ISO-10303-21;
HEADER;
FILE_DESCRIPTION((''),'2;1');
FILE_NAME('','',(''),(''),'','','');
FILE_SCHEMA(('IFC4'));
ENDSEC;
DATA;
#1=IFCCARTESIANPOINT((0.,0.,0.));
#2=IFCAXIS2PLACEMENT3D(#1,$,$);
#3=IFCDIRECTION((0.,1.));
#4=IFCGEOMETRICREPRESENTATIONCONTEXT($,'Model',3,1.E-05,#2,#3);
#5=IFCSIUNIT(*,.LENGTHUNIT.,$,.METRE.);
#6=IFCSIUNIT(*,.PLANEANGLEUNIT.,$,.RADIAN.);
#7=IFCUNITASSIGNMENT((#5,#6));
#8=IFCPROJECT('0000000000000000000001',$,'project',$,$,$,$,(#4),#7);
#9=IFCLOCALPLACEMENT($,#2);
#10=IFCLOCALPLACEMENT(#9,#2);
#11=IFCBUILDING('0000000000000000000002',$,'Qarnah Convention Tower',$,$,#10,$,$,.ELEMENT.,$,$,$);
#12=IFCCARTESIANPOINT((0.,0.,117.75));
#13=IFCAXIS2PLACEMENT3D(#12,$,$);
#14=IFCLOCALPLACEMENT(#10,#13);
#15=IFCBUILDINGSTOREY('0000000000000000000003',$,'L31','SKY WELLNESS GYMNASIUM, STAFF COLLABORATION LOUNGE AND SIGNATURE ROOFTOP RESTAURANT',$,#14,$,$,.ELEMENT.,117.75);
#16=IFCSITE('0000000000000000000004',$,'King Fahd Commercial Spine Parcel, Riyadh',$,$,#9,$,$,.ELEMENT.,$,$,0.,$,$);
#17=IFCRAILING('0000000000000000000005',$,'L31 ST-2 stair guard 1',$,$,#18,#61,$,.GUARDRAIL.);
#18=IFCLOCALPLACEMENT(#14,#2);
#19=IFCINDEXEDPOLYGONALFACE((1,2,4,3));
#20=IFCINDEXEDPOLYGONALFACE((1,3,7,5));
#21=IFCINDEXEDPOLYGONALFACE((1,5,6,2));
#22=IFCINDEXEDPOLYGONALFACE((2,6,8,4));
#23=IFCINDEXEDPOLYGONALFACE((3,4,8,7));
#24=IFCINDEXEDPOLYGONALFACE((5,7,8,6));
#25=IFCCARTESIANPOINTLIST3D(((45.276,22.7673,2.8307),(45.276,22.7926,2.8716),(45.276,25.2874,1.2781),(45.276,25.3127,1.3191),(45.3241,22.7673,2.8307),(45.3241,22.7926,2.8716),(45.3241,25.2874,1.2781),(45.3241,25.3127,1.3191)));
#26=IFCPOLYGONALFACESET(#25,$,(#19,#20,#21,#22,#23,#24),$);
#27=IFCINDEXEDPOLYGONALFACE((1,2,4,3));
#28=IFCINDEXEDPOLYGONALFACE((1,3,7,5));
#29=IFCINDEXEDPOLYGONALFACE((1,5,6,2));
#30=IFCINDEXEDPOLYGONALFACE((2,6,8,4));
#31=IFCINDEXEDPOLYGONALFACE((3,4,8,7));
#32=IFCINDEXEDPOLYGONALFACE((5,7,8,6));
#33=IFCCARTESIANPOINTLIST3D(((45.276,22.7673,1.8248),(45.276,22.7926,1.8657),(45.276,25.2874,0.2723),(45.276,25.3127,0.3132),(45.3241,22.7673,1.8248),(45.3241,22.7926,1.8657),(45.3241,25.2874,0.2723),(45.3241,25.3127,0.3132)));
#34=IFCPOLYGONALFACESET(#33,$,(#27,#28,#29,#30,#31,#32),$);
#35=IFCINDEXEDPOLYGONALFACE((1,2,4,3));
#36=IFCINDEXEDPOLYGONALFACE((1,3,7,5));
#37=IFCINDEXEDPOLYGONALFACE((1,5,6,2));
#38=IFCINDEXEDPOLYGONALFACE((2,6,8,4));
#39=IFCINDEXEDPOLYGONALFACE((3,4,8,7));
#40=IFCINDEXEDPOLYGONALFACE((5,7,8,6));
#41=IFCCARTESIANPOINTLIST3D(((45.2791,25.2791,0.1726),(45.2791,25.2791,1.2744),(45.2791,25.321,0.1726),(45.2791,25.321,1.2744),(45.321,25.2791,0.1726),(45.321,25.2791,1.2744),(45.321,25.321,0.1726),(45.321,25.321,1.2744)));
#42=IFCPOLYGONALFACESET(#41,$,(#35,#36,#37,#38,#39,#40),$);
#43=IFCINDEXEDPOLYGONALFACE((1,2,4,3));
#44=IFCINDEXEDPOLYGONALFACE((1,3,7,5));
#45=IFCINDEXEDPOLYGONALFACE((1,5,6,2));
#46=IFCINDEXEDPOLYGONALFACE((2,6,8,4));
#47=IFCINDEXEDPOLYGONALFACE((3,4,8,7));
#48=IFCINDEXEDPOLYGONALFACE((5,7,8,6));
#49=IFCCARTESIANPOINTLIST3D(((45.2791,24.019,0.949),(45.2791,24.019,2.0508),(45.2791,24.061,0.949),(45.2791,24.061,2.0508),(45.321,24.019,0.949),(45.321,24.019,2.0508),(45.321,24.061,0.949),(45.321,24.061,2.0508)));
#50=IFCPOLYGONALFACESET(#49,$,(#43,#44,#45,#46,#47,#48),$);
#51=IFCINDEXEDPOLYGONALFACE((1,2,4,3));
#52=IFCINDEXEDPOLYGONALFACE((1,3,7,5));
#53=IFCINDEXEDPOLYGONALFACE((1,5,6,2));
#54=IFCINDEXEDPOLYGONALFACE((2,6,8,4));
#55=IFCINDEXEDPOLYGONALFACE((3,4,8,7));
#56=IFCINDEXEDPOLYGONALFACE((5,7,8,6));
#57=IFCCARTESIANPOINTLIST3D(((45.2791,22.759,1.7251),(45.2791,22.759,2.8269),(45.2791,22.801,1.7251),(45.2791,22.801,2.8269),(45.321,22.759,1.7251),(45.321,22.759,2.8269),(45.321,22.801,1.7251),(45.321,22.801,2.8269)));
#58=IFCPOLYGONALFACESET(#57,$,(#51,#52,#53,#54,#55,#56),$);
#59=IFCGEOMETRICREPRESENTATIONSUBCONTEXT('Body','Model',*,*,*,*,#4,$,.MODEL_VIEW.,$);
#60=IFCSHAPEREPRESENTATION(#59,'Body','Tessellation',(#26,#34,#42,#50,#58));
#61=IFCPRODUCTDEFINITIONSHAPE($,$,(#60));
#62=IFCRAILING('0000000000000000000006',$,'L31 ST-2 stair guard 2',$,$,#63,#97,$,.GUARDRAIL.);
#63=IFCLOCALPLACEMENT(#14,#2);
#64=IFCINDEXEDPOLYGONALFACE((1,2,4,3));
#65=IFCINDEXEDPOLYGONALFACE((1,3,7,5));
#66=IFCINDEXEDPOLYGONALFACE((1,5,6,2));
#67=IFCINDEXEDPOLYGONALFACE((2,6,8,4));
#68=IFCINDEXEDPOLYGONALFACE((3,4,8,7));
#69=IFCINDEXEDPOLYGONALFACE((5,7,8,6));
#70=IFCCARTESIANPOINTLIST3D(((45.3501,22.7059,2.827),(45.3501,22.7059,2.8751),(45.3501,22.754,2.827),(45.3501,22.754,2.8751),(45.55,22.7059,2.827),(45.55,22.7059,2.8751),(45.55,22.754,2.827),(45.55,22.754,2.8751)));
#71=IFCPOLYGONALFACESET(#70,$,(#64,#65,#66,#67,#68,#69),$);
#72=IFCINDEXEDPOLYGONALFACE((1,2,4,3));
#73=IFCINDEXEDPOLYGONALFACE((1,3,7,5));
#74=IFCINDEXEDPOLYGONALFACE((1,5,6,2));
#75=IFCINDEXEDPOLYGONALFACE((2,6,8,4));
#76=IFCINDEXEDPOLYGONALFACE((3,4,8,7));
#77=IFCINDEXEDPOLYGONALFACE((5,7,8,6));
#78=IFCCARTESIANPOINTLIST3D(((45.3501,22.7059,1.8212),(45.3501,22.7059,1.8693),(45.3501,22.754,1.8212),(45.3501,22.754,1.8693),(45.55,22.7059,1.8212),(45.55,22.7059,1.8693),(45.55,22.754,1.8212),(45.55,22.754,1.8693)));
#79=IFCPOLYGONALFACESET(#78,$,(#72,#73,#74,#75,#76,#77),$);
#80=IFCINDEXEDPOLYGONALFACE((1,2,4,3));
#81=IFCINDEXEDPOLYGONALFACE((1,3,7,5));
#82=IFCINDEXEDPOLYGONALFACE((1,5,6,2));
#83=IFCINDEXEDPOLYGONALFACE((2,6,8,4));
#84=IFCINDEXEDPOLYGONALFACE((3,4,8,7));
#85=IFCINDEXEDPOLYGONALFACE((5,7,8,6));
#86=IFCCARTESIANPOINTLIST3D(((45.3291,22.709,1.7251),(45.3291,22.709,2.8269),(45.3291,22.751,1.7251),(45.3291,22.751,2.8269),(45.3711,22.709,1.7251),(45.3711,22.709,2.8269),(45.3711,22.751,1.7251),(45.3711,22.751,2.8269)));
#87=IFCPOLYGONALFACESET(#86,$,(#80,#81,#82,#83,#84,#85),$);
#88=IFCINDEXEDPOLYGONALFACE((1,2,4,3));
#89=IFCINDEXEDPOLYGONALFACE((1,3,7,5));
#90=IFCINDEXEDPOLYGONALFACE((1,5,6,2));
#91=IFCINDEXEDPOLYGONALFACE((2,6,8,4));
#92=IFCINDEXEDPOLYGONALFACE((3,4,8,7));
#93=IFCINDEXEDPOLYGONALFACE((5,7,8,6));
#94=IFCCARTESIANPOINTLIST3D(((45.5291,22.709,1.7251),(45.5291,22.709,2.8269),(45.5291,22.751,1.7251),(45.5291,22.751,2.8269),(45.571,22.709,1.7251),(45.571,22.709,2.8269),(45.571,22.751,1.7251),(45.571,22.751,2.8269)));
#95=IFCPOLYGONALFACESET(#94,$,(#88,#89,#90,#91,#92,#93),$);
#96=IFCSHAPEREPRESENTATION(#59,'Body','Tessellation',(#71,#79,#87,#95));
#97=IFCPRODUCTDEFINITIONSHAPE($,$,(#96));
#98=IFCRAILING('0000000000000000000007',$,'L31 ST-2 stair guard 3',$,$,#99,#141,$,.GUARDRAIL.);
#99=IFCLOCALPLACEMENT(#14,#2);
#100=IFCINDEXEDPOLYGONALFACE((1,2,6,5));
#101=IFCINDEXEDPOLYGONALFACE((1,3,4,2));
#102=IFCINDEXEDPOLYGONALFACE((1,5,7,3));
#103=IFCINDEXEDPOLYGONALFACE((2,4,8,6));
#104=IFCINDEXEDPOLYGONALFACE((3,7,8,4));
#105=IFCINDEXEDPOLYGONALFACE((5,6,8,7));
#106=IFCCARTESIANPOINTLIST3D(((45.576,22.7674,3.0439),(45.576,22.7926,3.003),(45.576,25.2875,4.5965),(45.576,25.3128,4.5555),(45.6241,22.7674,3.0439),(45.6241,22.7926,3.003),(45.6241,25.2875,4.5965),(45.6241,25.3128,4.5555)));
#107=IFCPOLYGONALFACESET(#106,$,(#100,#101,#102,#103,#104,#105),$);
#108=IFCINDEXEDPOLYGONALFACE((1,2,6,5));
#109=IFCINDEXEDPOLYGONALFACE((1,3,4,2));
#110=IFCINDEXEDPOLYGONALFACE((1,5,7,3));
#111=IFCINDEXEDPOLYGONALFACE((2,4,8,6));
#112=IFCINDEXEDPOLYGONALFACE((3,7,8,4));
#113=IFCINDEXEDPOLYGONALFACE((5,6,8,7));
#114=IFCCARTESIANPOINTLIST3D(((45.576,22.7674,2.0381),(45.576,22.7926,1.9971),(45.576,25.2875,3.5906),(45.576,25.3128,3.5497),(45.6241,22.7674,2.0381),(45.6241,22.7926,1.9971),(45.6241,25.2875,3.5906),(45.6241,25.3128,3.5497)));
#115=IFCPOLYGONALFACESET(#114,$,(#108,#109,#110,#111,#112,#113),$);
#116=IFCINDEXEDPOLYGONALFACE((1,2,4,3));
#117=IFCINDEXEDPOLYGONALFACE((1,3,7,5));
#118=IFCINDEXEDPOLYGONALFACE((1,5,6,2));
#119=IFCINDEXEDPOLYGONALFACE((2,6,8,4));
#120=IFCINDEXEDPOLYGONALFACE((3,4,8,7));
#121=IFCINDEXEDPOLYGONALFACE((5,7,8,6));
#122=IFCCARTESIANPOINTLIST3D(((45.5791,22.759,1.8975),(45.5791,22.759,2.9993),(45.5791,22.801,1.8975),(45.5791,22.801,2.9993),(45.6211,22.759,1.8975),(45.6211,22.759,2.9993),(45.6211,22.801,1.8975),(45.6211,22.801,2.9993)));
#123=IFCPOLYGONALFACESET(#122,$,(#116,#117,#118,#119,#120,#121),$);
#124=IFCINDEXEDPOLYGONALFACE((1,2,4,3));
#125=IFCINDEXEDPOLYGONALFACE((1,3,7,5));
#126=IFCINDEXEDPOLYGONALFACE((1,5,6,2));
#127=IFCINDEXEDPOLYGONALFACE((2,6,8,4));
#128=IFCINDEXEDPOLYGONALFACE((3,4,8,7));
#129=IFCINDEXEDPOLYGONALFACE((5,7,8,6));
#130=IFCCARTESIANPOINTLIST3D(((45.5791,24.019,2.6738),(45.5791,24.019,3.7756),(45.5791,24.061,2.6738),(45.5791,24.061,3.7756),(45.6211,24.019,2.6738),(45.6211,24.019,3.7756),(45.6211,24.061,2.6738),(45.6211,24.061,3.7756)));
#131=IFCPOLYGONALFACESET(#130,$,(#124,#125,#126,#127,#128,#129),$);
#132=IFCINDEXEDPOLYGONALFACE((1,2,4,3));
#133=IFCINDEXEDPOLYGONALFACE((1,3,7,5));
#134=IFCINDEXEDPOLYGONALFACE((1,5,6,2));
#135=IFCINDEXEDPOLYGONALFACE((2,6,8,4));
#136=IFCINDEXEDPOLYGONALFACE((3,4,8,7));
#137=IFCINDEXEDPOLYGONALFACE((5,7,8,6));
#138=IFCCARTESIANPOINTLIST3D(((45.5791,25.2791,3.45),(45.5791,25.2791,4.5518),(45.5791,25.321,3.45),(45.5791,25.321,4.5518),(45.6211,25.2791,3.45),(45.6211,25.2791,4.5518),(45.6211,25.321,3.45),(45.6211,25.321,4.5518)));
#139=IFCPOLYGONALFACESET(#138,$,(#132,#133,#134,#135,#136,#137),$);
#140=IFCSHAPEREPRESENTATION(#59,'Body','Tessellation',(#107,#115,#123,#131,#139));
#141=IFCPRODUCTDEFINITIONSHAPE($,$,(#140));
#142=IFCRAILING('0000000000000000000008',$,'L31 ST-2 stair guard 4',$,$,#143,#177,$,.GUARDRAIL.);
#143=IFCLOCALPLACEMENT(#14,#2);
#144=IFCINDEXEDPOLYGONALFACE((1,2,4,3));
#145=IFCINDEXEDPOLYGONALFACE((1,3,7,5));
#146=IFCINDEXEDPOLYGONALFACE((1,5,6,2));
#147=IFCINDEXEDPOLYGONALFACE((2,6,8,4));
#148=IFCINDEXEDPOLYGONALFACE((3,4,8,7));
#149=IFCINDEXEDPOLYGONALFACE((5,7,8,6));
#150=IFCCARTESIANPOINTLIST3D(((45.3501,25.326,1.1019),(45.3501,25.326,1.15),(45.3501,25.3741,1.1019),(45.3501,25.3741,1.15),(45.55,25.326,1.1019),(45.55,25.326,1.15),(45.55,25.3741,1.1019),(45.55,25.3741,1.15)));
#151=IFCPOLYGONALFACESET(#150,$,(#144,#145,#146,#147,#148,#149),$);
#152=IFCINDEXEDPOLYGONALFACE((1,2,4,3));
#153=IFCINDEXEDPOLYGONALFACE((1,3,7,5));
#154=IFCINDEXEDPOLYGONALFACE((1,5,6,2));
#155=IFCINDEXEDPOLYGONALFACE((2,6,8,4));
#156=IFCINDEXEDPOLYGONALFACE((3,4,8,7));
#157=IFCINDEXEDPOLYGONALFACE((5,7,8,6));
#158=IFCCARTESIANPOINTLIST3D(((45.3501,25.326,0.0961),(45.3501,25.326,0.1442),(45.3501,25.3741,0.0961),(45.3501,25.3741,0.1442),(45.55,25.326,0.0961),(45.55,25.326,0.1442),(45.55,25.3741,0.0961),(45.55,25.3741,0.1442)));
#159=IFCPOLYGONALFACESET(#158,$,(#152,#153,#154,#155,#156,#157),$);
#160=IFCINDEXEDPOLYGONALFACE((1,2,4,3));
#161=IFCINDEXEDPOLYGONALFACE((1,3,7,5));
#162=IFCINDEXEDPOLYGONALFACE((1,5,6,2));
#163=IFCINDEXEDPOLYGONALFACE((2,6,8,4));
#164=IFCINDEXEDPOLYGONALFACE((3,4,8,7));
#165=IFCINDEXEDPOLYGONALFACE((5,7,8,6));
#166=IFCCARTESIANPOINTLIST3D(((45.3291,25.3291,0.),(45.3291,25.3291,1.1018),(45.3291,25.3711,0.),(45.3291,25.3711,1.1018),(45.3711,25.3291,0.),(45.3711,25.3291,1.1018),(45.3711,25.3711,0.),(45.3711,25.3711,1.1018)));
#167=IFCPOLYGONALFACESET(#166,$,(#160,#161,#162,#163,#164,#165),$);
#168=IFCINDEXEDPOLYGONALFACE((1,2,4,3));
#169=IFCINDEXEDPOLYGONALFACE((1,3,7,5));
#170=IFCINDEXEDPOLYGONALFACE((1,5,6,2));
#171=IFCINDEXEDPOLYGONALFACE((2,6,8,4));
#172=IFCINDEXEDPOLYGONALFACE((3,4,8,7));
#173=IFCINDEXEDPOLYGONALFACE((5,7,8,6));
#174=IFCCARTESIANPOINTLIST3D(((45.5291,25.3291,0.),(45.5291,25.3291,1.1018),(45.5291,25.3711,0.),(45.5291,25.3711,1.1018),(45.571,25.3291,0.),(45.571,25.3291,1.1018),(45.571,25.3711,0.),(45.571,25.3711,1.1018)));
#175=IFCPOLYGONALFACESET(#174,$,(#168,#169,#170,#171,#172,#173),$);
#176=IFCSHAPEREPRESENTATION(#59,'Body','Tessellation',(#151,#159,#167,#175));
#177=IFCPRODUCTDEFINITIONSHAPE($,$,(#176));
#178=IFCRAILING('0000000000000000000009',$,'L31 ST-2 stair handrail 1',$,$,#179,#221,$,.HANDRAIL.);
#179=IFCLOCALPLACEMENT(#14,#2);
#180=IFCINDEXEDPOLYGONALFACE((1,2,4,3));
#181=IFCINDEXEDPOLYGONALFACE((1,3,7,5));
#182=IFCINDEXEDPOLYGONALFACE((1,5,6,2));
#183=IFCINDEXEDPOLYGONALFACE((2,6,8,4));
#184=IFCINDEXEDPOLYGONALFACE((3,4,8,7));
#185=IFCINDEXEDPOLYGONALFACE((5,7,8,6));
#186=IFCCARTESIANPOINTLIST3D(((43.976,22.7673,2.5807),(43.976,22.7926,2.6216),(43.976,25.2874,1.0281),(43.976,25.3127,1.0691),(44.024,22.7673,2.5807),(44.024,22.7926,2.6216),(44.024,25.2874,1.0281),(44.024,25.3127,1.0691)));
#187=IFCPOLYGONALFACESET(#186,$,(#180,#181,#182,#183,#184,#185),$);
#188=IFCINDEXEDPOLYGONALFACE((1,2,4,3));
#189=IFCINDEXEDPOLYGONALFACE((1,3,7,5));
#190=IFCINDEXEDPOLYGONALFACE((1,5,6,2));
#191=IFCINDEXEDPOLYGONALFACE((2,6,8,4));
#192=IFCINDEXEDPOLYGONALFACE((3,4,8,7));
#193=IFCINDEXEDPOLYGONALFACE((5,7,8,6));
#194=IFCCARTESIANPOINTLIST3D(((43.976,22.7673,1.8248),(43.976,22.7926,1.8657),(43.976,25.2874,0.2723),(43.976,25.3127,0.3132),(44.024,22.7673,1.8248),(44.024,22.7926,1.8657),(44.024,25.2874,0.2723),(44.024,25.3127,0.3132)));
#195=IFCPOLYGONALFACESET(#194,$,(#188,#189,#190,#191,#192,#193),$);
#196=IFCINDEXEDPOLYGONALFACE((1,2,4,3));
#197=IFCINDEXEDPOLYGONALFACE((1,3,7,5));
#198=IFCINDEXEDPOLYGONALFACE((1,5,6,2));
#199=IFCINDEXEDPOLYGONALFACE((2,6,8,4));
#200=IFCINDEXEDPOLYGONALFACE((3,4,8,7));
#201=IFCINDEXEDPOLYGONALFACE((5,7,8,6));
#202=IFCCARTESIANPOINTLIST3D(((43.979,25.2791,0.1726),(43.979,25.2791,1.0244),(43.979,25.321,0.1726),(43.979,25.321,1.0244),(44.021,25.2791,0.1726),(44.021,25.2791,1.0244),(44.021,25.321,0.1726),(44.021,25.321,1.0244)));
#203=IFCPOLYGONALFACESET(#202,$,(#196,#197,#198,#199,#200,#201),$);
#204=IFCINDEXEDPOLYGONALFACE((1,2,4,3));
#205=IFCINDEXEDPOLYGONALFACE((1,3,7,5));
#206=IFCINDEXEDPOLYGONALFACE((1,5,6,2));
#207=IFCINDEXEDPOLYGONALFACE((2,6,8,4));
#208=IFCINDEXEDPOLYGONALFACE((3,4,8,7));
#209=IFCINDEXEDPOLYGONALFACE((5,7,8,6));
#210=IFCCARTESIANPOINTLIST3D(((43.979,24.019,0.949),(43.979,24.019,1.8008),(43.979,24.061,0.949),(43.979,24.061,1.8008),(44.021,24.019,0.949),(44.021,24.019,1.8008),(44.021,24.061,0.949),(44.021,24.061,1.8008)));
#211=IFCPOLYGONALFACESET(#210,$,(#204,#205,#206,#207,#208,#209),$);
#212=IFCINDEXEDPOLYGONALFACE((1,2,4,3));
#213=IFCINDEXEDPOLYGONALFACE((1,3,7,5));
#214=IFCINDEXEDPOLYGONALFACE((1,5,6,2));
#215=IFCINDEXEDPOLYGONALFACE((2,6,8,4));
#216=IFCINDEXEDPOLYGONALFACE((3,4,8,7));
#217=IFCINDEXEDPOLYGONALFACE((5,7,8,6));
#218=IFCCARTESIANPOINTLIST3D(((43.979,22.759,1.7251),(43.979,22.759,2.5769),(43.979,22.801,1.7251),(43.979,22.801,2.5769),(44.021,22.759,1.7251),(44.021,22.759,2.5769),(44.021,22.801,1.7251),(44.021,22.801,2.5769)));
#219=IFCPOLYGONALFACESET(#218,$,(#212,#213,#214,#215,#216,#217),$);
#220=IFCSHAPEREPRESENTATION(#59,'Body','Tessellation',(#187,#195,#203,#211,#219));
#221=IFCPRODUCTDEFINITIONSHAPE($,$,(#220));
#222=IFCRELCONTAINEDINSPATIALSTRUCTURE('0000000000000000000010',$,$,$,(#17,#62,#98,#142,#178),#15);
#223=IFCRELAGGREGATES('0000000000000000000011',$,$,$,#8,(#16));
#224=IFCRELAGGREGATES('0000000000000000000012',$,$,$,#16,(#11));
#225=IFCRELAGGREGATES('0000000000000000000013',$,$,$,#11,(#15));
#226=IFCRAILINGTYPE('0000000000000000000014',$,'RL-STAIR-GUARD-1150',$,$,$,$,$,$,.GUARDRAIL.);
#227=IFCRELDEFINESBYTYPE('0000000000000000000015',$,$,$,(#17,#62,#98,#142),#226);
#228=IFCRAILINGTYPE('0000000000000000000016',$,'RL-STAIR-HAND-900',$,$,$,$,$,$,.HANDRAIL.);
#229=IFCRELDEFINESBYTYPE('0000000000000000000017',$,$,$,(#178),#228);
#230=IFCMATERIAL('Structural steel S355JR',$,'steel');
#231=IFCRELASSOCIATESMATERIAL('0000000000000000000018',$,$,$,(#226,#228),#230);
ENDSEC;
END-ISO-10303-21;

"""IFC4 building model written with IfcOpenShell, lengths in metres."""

from ifc_helpers import new_model, si_unit, direction, frame, origin, origin_2d, place, context, subcontext, project, spatial, rectangle, extrude, material, type_object, element, save


model = new_model("IFC4")

# Units and contexts
model_context = context("Model", 3, precision=1e-05, world=origin(), true_north=direction((0.0, 1.0)))
body_context = subcontext(model_context, "Body", "Model", "MODEL_VIEW")
ifc_project = project(units=[si_unit("LENGTHUNIT", "METRE"), si_unit("PLANEANGLEUNIT", "RADIAN")], contexts=[model_context])

# Site, building, storey
site_placement = place(None, origin())
site = spatial("IfcSite", under=ifc_project, at=site_placement, Name="King Fahd Commercial Spine Parcel, Riyadh", CompositionType="ELEMENT", RefElevation=0.0)
building_placement = place(site_placement, origin())
building = spatial("IfcBuilding", under=site, at=building_placement, Name="Qarnah Convention Tower", CompositionType="ELEMENT")
storey_placement = place(building_placement, frame((0.0, 0.0, 117.75)))
storey = spatial("IfcBuildingStorey", under=building, at=storey_placement, Name="L31", Description="SKY WELLNESS GYMNASIUM, STAFF COLLABORATION LOUNGE AND SIGNATURE ROOFTOP RESTAURANT", CompositionType="ELEMENT", Elevation=117.75)

# Shared definitions
ifc_material_1 = material(Name="Structural steel S355JR", Category="steel")

# Railings
railing_type_1 = type_object("IfcRailingType", Name="RL-STAIR-GUARD-1150", PredefinedType="GUARDRAIL", material=ifc_material_1)
railing_1_placement = place(storey_placement, frame((45.3, 25.3, 0.1726)))
element("IfcRailing", 1, at=railing_1_placement, inside=storey, type_object=railing_type_1, Name="L31 ST-2 stair guard 1", PredefinedType="GUARDRAIL", context=body_context, shape_type="SweptSolid", body=[
    extrude(rectangle(XDim=0.0481, YDim=0.0481, at=origin_2d()), frame((0.0, 0.0, 1.126), z_axis=(0.0, -0.8514, 0.524516), x_axis=(1.0, 0.0, 0.0)), (0.0, 0.0, 1.0), 2.96),
    extrude(rectangle(XDim=0.0481, YDim=0.0481, at=origin_2d()), frame((0.0, 0.0, 0.1201), z_axis=(0.0, -0.8514, 0.524516), x_axis=(1.0, 0.0, 0.0)), (0.0, 0.0, 1.0), 2.96),
    extrude(rectangle(XDim=0.042, YDim=0.042, at=origin_2d()), origin(), (0.0, 0.0, 1.0), 1.1018),
    extrude(rectangle(XDim=0.042, YDim=0.042, at=origin_2d()), frame((0.0, -1.26, 0.7764)), (0.0, 0.0, 1.0), 1.1018),
    extrude(rectangle(XDim=0.042, YDim=0.042, at=origin_2d()), frame((0.0, -2.52, 1.5525)), (0.0, 0.0, 1.0), 1.1018),
])
railing_2_placement = place(storey_placement, frame((45.3501, 22.73, 1.7251)))
element("IfcRailing", 2, at=railing_2_placement, inside=storey, type_object=railing_type_1, Name="L31 ST-2 stair guard 2", PredefinedType="GUARDRAIL", context=body_context, shape_type="SweptSolid", body=[
    extrude(rectangle(XDim=0.0481, YDim=0.0481, at=origin_2d()), frame((0.0, 0.0, 1.126), z_axis=(1.0, 0.0, 0.0), x_axis=(0.0, 1.0, 0.0)), (0.0, 0.0, 1.0), 0.2),
    extrude(rectangle(XDim=0.0481, YDim=0.0481, at=origin_2d()), frame((0.0, 0.0, 0.1201), z_axis=(1.0, 0.0, 0.0), x_axis=(0.0, 1.0, 0.0)), (0.0, 0.0, 1.0), 0.2),
    extrude(rectangle(XDim=0.042, YDim=0.042, at=origin_2d()), origin(), (0.0, 0.0, 1.0), 1.1018),
    extrude(rectangle(XDim=0.042, YDim=0.042, at=origin_2d()), frame((0.2, 0.0, 0.0)), (0.0, 0.0, 1.0), 1.1018),
])
railing_3_placement = place(storey_placement, frame((45.6001, 22.78, 1.8975)))
element("IfcRailing", 3, at=railing_3_placement, inside=storey, type_object=railing_type_1, Name="L31 ST-2 stair guard 3", PredefinedType="GUARDRAIL", context=body_context, shape_type="SweptSolid", body=[
    extrude(rectangle(XDim=0.0481, YDim=0.0481, at=origin_2d()), frame((0.0, 0.0, 1.126), z_axis=(0.0, 0.8514, 0.524516), x_axis=(-1.0, 0.0, 0.0)), (0.0, 0.0, 1.0), 2.96),
    extrude(rectangle(XDim=0.0481, YDim=0.0481, at=origin_2d()), frame((0.0, 0.0, 0.1201), z_axis=(0.0, 0.8514, 0.524516), x_axis=(-1.0, 0.0, 0.0)), (0.0, 0.0, 1.0), 2.96),
    extrude(rectangle(XDim=0.042, YDim=0.042, at=origin_2d()), origin(), (0.0, 0.0, 1.0), 1.1018),
    extrude(rectangle(XDim=0.042, YDim=0.042, at=origin_2d()), frame((0.0, 1.26, 0.7764)), (0.0, 0.0, 1.0), 1.1018),
    extrude(rectangle(XDim=0.042, YDim=0.042, at=origin_2d()), frame((0.0, 2.52, 1.5525)), (0.0, 0.0, 1.0), 1.1018),
])
railing_4_placement = place(storey_placement, frame((45.3501, 25.3501, 0.0)))
element("IfcRailing", 4, at=railing_4_placement, inside=storey, type_object=railing_type_1, Name="L31 ST-2 stair guard 4", PredefinedType="GUARDRAIL", context=body_context, shape_type="SweptSolid", body=[
    extrude(rectangle(XDim=0.0481, YDim=0.0481, at=origin_2d()), frame((0.0, 0.0, 1.126), z_axis=(1.0, 0.0, 0.0), x_axis=(0.0, 1.0, 0.0)), (0.0, 0.0, 1.0), 0.2),
    extrude(rectangle(XDim=0.0481, YDim=0.0481, at=origin_2d()), frame((0.0, 0.0, 0.1201), z_axis=(1.0, 0.0, 0.0), x_axis=(0.0, 1.0, 0.0)), (0.0, 0.0, 1.0), 0.2),
    extrude(rectangle(XDim=0.042, YDim=0.042, at=origin_2d()), origin(), (0.0, 0.0, 1.0), 1.1018),
    extrude(rectangle(XDim=0.042, YDim=0.042, at=origin_2d()), frame((0.2, 0.0, 0.0)), (0.0, 0.0, 1.0), 1.1018),
])
railing_type_2 = type_object("IfcRailingType", Name="RL-STAIR-HAND-900", PredefinedType="HANDRAIL", material=ifc_material_1)
railing_5_placement = place(storey_placement, frame((44.0, 25.3, 0.1726)))
element("IfcRailing", 5, at=railing_5_placement, inside=storey, type_object=railing_type_2, Name="L31 ST-2 stair handrail 1", PredefinedType="HANDRAIL", context=body_context, shape_type="SweptSolid", body=[
    extrude(rectangle(XDim=0.0481, YDim=0.0481, at=origin_2d()), frame((0.0, 0.0, 0.876), z_axis=(0.0, -0.8514, 0.524516), x_axis=(1.0, 0.0, 0.0)), (0.0, 0.0, 1.0), 2.96),
    extrude(rectangle(XDim=0.0481, YDim=0.0481, at=origin_2d()), frame((0.0, 0.0, 0.1201), z_axis=(0.0, -0.8514, 0.524516), x_axis=(1.0, 0.0, 0.0)), (0.0, 0.0, 1.0), 2.96),
    extrude(rectangle(XDim=0.042, YDim=0.042, at=origin_2d()), origin(), (0.0, 0.0, 1.0), 0.8518),
    extrude(rectangle(XDim=0.042, YDim=0.042, at=origin_2d()), frame((0.0, -1.26, 0.7764)), (0.0, 0.0, 1.0), 0.8518),
    extrude(rectangle(XDim=0.042, YDim=0.042, at=origin_2d()), frame((0.0, -2.52, 1.5525)), (0.0, 0.0, 1.0), 0.8518),
])

save(model, "model.ifc")
